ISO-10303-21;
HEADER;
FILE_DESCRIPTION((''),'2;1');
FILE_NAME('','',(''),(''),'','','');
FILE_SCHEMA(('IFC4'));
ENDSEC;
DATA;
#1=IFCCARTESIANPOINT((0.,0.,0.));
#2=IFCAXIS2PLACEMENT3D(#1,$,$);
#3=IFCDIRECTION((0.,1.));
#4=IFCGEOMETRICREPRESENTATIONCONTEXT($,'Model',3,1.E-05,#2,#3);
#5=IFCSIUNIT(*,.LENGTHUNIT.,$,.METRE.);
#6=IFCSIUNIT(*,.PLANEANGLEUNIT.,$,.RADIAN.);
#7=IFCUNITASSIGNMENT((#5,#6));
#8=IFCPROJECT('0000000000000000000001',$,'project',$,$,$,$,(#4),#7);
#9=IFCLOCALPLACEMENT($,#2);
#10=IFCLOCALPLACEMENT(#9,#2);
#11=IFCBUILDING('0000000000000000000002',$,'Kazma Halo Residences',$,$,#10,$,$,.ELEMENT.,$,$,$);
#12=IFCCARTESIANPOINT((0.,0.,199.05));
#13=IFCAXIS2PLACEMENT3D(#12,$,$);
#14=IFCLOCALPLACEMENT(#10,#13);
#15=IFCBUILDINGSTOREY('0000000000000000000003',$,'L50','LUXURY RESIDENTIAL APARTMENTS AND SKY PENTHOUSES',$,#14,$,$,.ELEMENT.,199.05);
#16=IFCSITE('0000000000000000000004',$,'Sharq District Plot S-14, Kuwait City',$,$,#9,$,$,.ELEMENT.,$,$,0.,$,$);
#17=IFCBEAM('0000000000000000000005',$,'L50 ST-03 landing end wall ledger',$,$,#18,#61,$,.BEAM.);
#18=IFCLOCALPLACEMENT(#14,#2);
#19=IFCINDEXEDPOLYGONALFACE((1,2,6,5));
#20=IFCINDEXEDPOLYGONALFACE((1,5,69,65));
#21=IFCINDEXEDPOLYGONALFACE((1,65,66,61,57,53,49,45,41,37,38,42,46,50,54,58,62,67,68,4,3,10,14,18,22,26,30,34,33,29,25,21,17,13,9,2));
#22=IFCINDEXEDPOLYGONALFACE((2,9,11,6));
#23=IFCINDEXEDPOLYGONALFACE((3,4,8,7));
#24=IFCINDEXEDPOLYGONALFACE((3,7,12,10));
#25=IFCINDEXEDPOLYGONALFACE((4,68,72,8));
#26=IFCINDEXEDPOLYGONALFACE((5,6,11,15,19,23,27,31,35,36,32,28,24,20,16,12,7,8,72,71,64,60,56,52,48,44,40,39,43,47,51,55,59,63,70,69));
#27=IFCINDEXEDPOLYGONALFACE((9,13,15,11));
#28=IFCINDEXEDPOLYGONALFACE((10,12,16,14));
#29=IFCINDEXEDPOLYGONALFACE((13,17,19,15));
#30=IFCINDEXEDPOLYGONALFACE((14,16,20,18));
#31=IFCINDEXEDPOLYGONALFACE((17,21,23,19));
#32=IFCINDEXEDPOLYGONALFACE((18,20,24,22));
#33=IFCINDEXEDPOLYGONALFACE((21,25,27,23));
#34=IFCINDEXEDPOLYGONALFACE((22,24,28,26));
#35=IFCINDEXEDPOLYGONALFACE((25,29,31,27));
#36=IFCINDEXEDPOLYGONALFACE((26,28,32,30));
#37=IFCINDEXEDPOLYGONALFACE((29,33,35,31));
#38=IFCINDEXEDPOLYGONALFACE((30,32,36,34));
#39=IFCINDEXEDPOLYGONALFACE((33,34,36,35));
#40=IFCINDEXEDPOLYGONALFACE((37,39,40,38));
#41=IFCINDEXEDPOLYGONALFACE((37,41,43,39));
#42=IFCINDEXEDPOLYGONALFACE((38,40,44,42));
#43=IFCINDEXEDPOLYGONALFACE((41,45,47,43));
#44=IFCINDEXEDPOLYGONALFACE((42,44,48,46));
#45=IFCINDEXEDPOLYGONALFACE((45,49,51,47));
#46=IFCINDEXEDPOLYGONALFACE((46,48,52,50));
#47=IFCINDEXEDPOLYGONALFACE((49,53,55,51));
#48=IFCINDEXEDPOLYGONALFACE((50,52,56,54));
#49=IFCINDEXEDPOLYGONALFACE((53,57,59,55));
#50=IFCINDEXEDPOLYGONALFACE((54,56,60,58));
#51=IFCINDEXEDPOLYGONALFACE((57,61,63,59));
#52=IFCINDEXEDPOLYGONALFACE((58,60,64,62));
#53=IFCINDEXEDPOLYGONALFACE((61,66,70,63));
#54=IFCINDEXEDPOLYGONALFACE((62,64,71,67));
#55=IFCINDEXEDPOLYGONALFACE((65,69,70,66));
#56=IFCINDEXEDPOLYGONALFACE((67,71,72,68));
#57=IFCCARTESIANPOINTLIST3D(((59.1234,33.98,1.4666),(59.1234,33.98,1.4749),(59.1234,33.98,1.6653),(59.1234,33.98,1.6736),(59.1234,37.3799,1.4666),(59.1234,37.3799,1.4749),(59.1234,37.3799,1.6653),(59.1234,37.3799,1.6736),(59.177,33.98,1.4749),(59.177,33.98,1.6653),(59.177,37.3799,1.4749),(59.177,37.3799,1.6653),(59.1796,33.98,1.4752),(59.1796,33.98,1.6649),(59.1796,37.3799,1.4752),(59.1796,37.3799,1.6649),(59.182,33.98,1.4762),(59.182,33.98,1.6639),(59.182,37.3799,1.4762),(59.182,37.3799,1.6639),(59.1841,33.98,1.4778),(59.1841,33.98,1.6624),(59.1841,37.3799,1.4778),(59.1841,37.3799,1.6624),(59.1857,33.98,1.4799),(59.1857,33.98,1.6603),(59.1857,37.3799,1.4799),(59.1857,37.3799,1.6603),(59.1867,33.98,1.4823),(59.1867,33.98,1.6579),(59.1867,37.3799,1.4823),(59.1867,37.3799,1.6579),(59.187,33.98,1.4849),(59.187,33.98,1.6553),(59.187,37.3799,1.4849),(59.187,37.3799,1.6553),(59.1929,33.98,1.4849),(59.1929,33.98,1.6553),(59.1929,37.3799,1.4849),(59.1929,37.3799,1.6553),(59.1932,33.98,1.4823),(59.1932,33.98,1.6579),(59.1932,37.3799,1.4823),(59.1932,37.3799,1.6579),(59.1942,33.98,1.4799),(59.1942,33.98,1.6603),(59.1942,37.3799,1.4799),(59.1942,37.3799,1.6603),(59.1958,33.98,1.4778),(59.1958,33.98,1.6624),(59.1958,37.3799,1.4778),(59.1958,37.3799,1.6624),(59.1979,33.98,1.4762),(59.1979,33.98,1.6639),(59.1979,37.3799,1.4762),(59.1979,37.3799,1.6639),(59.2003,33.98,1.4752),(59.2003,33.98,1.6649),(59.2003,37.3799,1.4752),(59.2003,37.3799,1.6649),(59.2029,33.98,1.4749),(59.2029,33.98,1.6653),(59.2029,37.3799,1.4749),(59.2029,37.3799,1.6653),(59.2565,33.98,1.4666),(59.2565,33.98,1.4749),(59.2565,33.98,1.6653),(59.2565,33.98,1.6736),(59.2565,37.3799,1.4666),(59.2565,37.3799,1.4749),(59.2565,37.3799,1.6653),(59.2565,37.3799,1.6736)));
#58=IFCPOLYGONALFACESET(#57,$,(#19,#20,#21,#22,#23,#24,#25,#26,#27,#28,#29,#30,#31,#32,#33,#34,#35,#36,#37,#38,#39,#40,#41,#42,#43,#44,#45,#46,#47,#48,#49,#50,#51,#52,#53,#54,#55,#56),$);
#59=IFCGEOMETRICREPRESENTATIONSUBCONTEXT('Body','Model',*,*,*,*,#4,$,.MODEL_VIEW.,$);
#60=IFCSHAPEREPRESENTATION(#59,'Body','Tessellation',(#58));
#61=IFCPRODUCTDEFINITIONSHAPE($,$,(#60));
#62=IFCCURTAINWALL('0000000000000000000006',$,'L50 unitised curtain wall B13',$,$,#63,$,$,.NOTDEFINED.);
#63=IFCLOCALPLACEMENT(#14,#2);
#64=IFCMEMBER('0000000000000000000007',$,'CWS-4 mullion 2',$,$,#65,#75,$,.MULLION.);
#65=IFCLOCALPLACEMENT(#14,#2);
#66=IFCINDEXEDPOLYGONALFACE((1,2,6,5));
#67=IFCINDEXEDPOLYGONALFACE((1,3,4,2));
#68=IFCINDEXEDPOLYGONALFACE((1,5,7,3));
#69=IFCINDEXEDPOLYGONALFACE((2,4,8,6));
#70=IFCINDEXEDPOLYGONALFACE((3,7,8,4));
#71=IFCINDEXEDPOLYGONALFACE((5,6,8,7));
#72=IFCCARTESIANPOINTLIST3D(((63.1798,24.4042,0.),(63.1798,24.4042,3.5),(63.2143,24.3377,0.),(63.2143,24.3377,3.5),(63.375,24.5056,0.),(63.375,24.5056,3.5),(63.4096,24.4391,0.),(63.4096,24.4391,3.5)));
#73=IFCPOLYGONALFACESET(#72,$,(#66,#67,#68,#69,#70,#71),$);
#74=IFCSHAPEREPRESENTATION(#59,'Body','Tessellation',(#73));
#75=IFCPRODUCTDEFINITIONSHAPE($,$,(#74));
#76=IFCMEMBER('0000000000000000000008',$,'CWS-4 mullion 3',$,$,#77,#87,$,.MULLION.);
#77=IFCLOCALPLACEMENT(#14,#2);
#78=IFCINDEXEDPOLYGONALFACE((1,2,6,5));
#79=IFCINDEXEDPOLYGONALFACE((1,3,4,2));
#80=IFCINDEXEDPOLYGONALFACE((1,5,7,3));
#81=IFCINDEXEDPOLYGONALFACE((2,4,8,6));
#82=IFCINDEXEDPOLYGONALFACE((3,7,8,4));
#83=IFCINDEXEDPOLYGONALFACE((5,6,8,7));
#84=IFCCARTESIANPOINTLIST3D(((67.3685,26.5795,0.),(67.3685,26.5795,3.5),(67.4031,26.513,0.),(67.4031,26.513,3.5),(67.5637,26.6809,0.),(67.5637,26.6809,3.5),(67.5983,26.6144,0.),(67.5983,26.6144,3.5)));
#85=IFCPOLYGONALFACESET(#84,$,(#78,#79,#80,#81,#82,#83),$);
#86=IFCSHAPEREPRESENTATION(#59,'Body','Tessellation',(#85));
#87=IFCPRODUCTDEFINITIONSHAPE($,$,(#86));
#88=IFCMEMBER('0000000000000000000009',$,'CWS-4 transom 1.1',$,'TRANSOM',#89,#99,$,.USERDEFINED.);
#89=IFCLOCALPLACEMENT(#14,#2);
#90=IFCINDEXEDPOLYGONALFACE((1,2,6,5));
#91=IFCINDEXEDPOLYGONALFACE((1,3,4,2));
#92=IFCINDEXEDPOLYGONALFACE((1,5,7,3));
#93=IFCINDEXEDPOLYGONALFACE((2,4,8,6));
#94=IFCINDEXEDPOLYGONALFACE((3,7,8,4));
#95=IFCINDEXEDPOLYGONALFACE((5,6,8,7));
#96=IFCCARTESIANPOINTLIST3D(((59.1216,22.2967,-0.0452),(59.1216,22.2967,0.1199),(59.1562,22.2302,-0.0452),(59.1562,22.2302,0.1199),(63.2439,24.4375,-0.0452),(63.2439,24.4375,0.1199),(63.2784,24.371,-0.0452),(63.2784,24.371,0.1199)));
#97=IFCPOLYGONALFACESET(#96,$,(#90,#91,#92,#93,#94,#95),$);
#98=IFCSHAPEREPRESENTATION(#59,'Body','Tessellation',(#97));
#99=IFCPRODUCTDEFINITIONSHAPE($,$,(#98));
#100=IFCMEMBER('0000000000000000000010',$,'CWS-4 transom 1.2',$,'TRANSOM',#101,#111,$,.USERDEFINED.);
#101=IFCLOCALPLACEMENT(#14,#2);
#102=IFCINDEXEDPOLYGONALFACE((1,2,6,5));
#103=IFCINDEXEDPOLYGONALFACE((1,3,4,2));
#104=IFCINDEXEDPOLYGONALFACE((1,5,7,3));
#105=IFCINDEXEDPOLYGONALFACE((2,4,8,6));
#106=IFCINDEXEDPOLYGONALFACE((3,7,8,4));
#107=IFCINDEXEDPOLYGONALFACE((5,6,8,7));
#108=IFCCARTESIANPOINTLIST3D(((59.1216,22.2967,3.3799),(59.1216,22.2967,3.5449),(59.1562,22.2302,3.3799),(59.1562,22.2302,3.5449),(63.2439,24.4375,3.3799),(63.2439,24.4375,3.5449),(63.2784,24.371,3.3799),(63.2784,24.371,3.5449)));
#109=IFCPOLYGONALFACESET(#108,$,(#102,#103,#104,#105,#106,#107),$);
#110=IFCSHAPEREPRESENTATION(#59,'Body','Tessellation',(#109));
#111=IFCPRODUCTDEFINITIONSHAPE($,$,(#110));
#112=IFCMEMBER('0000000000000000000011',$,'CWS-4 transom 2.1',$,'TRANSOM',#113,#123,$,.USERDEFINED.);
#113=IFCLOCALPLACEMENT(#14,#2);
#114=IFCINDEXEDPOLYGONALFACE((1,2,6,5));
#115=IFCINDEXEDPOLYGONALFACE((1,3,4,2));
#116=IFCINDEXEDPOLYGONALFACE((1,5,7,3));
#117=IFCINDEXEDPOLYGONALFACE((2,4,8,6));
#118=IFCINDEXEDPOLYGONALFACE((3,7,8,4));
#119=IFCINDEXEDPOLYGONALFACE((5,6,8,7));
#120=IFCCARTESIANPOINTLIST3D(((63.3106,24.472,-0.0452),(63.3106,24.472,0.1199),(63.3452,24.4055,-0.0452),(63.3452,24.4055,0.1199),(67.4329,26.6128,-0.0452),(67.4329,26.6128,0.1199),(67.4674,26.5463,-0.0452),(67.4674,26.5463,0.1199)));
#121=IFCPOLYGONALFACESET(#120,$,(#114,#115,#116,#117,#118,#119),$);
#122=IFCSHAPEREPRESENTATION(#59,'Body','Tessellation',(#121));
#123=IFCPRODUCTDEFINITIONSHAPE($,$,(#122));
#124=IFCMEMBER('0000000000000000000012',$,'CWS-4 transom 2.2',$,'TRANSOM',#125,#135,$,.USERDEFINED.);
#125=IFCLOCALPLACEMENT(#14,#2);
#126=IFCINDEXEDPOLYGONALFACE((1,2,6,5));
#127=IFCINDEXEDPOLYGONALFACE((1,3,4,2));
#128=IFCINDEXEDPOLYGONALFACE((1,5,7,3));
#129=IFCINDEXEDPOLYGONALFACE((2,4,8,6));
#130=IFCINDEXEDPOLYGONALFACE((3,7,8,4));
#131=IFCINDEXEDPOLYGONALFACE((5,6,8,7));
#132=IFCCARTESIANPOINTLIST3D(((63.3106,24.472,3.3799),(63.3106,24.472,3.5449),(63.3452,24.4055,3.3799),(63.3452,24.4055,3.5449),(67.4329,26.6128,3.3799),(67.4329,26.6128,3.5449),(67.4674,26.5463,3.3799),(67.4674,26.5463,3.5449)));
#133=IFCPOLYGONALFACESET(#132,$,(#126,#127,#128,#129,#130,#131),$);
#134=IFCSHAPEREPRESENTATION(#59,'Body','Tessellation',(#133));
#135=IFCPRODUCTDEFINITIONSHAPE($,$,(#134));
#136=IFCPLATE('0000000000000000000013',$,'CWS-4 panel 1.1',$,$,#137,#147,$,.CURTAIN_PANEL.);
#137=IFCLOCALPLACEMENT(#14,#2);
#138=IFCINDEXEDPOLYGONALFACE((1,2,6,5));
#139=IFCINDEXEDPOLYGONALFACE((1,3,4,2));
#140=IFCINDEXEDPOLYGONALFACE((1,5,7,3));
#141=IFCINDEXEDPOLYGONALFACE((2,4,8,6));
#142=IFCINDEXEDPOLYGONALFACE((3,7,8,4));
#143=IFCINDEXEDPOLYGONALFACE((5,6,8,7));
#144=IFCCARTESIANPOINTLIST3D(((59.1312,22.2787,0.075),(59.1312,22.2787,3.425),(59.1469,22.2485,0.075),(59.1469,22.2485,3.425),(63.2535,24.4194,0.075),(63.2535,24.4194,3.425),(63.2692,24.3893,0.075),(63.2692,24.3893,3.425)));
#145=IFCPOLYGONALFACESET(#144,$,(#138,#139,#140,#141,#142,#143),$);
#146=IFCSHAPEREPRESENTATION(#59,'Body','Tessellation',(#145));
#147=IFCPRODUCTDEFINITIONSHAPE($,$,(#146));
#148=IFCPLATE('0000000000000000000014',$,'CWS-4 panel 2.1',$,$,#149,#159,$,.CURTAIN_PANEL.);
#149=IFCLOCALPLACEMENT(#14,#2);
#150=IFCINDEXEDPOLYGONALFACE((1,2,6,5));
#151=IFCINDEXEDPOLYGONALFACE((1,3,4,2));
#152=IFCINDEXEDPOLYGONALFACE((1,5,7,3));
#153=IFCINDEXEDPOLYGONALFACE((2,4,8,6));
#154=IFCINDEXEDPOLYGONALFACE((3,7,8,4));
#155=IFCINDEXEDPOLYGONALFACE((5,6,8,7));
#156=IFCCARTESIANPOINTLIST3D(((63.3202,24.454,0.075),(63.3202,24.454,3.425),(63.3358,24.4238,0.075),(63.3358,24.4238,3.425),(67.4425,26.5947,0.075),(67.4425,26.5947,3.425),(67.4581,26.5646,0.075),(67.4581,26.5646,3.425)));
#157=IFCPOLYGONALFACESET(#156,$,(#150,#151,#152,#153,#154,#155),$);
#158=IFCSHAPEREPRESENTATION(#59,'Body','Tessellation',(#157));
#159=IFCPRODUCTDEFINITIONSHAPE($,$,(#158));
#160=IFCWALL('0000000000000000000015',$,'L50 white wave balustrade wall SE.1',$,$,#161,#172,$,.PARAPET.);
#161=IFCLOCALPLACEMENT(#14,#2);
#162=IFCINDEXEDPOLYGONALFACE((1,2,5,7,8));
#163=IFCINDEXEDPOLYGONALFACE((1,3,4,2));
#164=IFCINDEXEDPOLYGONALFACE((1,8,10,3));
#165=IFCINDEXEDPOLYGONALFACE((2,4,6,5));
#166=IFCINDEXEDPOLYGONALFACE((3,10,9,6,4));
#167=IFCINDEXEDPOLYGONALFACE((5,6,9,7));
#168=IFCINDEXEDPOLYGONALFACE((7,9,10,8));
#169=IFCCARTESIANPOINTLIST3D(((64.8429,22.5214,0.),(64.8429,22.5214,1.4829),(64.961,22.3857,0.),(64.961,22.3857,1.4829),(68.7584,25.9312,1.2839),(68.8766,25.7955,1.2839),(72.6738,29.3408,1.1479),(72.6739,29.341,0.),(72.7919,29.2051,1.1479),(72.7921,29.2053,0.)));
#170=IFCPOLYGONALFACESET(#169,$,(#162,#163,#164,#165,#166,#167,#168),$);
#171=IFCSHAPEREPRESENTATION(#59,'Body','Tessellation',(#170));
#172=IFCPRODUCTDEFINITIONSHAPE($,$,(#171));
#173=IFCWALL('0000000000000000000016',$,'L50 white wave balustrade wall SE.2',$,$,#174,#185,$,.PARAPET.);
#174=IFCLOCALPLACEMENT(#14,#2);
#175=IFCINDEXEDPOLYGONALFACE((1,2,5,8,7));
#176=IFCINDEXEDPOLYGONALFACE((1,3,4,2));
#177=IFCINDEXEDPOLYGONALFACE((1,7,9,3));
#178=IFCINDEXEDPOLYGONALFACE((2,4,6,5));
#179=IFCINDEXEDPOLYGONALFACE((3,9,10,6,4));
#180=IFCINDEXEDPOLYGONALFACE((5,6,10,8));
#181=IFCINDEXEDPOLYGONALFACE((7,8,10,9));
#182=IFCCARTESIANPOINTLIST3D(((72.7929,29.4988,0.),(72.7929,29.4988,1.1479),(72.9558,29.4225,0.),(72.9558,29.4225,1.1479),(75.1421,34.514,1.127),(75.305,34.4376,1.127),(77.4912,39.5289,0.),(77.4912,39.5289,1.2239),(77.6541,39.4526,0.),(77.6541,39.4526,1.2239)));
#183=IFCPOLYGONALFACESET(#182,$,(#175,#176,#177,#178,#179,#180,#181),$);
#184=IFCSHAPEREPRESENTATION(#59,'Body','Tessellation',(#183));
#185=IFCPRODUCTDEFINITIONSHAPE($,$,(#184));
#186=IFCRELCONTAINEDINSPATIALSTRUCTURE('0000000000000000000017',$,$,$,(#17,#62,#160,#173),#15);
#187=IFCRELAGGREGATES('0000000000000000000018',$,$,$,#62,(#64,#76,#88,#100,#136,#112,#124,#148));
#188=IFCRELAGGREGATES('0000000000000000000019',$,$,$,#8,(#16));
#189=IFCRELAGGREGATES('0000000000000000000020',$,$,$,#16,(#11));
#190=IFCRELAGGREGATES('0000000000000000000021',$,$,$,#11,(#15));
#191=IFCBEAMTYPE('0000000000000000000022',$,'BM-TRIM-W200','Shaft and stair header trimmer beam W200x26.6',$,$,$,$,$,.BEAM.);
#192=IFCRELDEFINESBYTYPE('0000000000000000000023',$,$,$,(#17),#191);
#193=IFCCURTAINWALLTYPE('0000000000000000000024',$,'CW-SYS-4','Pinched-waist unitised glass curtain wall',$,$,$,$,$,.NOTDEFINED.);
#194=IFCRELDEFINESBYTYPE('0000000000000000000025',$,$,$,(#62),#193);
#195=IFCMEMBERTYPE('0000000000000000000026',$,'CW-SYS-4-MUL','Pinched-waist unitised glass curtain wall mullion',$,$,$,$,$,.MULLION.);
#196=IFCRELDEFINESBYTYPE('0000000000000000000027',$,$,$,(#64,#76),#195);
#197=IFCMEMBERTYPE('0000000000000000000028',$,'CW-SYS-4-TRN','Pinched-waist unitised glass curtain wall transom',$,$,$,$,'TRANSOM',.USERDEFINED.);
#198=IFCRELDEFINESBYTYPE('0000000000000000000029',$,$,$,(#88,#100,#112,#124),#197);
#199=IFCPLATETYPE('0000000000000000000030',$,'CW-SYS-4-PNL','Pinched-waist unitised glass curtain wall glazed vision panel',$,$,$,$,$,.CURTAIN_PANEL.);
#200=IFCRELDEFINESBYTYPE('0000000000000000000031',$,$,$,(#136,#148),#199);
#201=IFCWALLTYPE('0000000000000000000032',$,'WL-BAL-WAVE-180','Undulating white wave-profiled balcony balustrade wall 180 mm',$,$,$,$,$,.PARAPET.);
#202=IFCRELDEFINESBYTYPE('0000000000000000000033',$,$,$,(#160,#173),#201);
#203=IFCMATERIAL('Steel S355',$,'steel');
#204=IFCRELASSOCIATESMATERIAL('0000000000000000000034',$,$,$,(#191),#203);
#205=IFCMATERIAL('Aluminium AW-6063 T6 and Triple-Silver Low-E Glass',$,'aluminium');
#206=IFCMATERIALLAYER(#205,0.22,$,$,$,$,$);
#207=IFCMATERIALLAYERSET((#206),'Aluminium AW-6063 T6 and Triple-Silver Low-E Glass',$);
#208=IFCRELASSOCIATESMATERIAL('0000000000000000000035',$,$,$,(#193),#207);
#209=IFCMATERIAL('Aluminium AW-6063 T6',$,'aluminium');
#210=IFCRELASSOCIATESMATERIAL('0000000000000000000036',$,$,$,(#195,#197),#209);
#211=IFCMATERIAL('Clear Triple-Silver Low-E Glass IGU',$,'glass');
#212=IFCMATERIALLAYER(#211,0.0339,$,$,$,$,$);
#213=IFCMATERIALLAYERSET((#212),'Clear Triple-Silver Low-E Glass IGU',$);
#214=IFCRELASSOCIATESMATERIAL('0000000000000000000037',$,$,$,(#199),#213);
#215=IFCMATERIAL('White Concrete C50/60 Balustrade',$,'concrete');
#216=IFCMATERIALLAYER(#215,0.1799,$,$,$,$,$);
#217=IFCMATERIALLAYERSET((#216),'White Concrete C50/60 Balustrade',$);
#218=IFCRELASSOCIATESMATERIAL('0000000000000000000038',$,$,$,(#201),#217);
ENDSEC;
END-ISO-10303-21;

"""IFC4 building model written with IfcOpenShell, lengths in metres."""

from ifc_helpers import new_model, si_unit, direction, frame, origin, origin_2d, place, context, subcontext, project, spatial, polyline, rectangle, i_section, outline, extrude, material, layer, layer_set, material_profile, profile_set, type_object, element, aggregate, save


model = new_model("IFC4")

# Units and contexts
model_context = context("Model", 3, precision=1e-05, world=origin(), true_north=direction((0.0, 1.0)))
body_context = subcontext(model_context, "Body", "Model", "MODEL_VIEW")
ifc_project = project(units=[si_unit("LENGTHUNIT", "METRE"), si_unit("PLANEANGLEUNIT", "RADIAN")], contexts=[model_context])

# Site, building, storey
site_placement = place(None, origin())
site = spatial("IfcSite", under=ifc_project, at=site_placement, Name="Sharq District Plot S-14, Kuwait City", CompositionType="ELEMENT", RefElevation=0.0)
building_placement = place(site_placement, origin())
building = spatial("IfcBuilding", under=site, at=building_placement, Name="Kazma Halo Residences", CompositionType="ELEMENT")
storey_placement = place(building_placement, frame((0.0, 0.0, 199.05)))
storey = spatial("IfcBuildingStorey", under=building, at=storey_placement, Name="L50", Description="LUXURY RESIDENTIAL APARTMENTS AND SKY PENTHOUSES", CompositionType="ELEMENT", Elevation=199.05)

# Beam
ifc_material_1 = material(Name="Steel S355", Category="steel")
ifc_material_profile_1 = material_profile(ifc_material_1, i_section(OverallWidth=0.1331, OverallDepth=0.207, WebThickness=0.0059, FlangeThickness=0.0083, FilletRadius=0.01, at=origin_2d()), Name="W200x26.6")
ifc_profile_set_1 = profile_set([ifc_material_profile_1], Name="Steel S355")
beam_type_1 = type_object("IfcBeamType", Name="BM-TRIM-W200", Description="Shaft and stair header trimmer beam W200x26.6", PredefinedType="BEAM", material=ifc_profile_set_1)
beam_1_placement = place(storey_placement, frame((59.1899, 33.98, 1.5701), z_axis=(0.0, 1.0, 0.0), x_axis=(-1.0, 0.0, 0.0)))
element("IfcBeam", 1, at=beam_1_placement, inside=storey, type_object=beam_type_1, Name="L50 ST-03 landing end wall ledger", PredefinedType="BEAM", context=body_context, shape_type="SweptSolid", body=[
    extrude(i_section(OverallWidth=0.1331, OverallDepth=0.207, WebThickness=0.0059, FlangeThickness=0.0083, FilletRadius=0.01, at=origin_2d()), origin(), (0.0, 0.0, 1.0), 3.3999),
])

# Curtain wall, members, plates
ifc_material_2 = material(Name="Aluminium AW-6063 T6 and Triple-Silver Low-E Glass", Category="aluminium")
ifc_layer_1 = layer(ifc_material_2, 0.22)
ifc_layer_set_1 = layer_set([ifc_layer_1], Name="Aluminium AW-6063 T6 and Triple-Silver Low-E Glass")
curtain_wall_type = type_object("IfcCurtainWallType", Name="CW-SYS-4", Description="Pinched-waist unitised glass curtain wall", PredefinedType="NOTDEFINED", material=ifc_layer_set_1)
curtain_wall_placement = place(storey_placement, origin())
curtain_wall = element("IfcCurtainWall", 2, at=curtain_wall_placement, inside=storey, type_object=curtain_wall_type, Name="L50 unitised curtain wall B13", PredefinedType="NOTDEFINED")
ifc_material_3 = material(Name="Aluminium AW-6063 T6", Category="aluminium")
ifc_material_profile_2 = material_profile(ifc_material_3, rectangle(XDim=0.075, YDim=0.22, at=origin_2d()), Name="CWM-75x220")
ifc_profile_set_2 = profile_set([ifc_material_profile_2], Name="Aluminium AW-6063 T6")
member_type_1 = type_object("IfcMemberType", Name="CW-SYS-4-MUL", Description="Pinched-waist unitised glass curtain wall mullion", PredefinedType="MULLION", material=ifc_profile_set_2)
member_1_placement = place(storey_placement, frame((63.2947, 24.4216, 0.0), z_axis=(0.0, 0.0, 1.0), x_axis=(-0.460874, 0.887466, 0.0)))
member_1 = element("IfcMember", 3, at=member_1_placement, type_object=member_type_1, Name="CWS-4 mullion 2", PredefinedType="MULLION", context=body_context, shape_type="SweptSolid", body=[
    extrude(rectangle(XDim=0.075, YDim=0.22, at=origin_2d()), origin(), (0.0, 0.0, 1.0), 3.5),
])
member_2_placement = place(storey_placement, frame((67.4834, 26.5969, 0.0), z_axis=(0.0, 0.0, 1.0), x_axis=(-0.460874, 0.887466, 0.0)))
member_2 = element("IfcMember", 4, at=member_2_placement, type_object=member_type_1, Name="CWS-4 mullion 3", PredefinedType="MULLION", context=body_context, shape_type="SweptSolid", body=[
    extrude(rectangle(XDim=0.075, YDim=0.22, at=origin_2d()), origin(), (0.0, 0.0, 1.0), 3.5),
])
ifc_material_profile_3 = material_profile(ifc_material_3, rectangle(XDim=0.075, YDim=0.165, at=origin_2d()), Name="CWT-75x165")
ifc_profile_set_3 = profile_set([ifc_material_profile_3], Name="Aluminium AW-6063 T6")
member_type_2 = type_object("IfcMemberType", Name="CW-SYS-4-TRN", Description="Pinched-waist unitised glass curtain wall transom", ElementType="TRANSOM", PredefinedType="USERDEFINED", material=ifc_profile_set_3)
member_3_placement = place(storey_placement, frame((59.1389, 22.2634, 0.0374), z_axis=(0.887458, 0.460889, 0.0), x_axis=(-0.460889, 0.887458, 0.0)))
member_3 = element("IfcMember", 5, at=member_3_placement, type_object=member_type_2, Name="CWS-4 transom 1.1", ObjectType="TRANSOM", PredefinedType="USERDEFINED", context=body_context, shape_type="SweptSolid", body=[
    extrude(rectangle(XDim=0.075, YDim=0.165, at=origin_2d()), origin(), (0.0, 0.0, 1.0), 4.645),
])
member_4_placement = place(storey_placement, frame((59.1389, 22.2634, 3.4624), z_axis=(0.887458, 0.460889, 0.0), x_axis=(-0.460889, 0.887458, 0.0)))
member_4 = element("IfcMember", 6, at=member_4_placement, type_object=member_type_2, Name="CWS-4 transom 1.2", ObjectType="TRANSOM", PredefinedType="USERDEFINED", context=body_context, shape_type="SweptSolid", body=[
    extrude(rectangle(XDim=0.075, YDim=0.165, at=origin_2d()), origin(), (0.0, 0.0, 1.0), 4.645),
])
member_5_placement = place(storey_placement, frame((63.3279, 24.4387, 0.0374), z_axis=(0.887458, 0.460889, 0.0), x_axis=(-0.460889, 0.887458, 0.0)))
member_5 = element("IfcMember", 7, at=member_5_placement, type_object=member_type_2, Name="CWS-4 transom 2.1", ObjectType="TRANSOM", PredefinedType="USERDEFINED", context=body_context, shape_type="SweptSolid", body=[
    extrude(rectangle(XDim=0.075, YDim=0.165, at=origin_2d()), origin(), (0.0, 0.0, 1.0), 4.645),
])
member_6_placement = place(storey_placement, frame((63.3279, 24.4387, 3.4624), z_axis=(0.887458, 0.460889, 0.0), x_axis=(-0.460889, 0.887458, 0.0)))
member_6 = element("IfcMember", 8, at=member_6_placement, type_object=member_type_2, Name="CWS-4 transom 2.2", ObjectType="TRANSOM", PredefinedType="USERDEFINED", context=body_context, shape_type="SweptSolid", body=[
    extrude(rectangle(XDim=0.075, YDim=0.165, at=origin_2d()), origin(), (0.0, 0.0, 1.0), 4.645),
])
ifc_material_4 = material(Name="Clear Triple-Silver Low-E Glass IGU", Category="glass")
ifc_layer_2 = layer(ifc_material_4, 0.0339)
ifc_layer_set_2 = layer_set([ifc_layer_2], Name="Clear Triple-Silver Low-E Glass IGU")
plate_type = type_object("IfcPlateType", Name="CW-SYS-4-PNL", Description="Pinched-waist unitised glass curtain wall glazed vision panel", PredefinedType="CURTAIN_PANEL", material=ifc_layer_set_2)
plate_1_placement = place(storey_placement, frame((61.2002, 23.334, 0.075), z_axis=(0.0, 0.0, 1.0), x_axis=(0.887466, 0.460874, 0.0)))
plate_1 = element("IfcPlate", 9, at=plate_1_placement, type_object=plate_type, Name="CWS-4 panel 1.1", PredefinedType="CURTAIN_PANEL", context=body_context, shape_type="SweptSolid", body=[
    extrude(rectangle(XDim=4.645, YDim=0.0339, at=origin_2d()), origin(), (0.0, 0.0, 1.0), 3.3501),
])
plate_2_placement = place(storey_placement, frame((65.3892, 25.5093, 0.075), z_axis=(0.0, 0.0, 1.0), x_axis=(0.887466, 0.460874, 0.0)))
plate_2 = element("IfcPlate", 10, at=plate_2_placement, type_object=plate_type, Name="CWS-4 panel 2.1", PredefinedType="CURTAIN_PANEL", context=body_context, shape_type="SweptSolid", body=[
    extrude(rectangle(XDim=4.645, YDim=0.0339, at=origin_2d()), origin(), (0.0, 0.0, 1.0), 3.3501),
])
aggregate(curtain_wall, [member_1, member_2, member_3, member_4, plate_1, member_5, member_6, plate_2])

# Walls
ifc_material_5 = material(Name="White Concrete C50/60 Balustrade", Category="concrete")
ifc_layer_3 = layer(ifc_material_5, 0.1799)
ifc_layer_set_3 = layer_set([ifc_layer_3], Name="White Concrete C50/60 Balustrade")
wall_type_1 = type_object("IfcWallType", Name="WL-BAL-WAVE-180", Description="Undulating white wave-profiled balcony balustrade wall 180 mm", PredefinedType="PARAPET", material=ifc_layer_set_3)
wall_1_placement = place(storey_placement, frame((64.9019, 22.4536, 0.0), z_axis=(0.0, 0.0, 1.0), x_axis=(0.75413, 0.656725, 0.0)))
element("IfcWall", 11, at=wall_1_placement, inside=storey, type_object=wall_type_1, Name="L50 white wave balustrade wall SE.1", PredefinedType="PARAPET", context=body_context, shape_type="SweptSolid", body=[
    extrude(outline(polyline([(0.0, 0.0), (10.3843, 0.0), (10.384, 1.1479), (5.1921, 1.2839), (0.0, 1.4829), (0.0, 0.0)])), frame((0.0, 0.0898, 0.0), z_axis=(0.0, -1.0, 0.0), x_axis=(1.0, 0.0, 0.0)), (0.0, 0.0, 1.0), 0.1799),
])
wall_2_placement = place(storey_placement, frame((72.8743, 29.4607, 0.0), z_axis=(0.0, 0.0, 1.0), x_axis=(0.424187, 0.905575, 0.0)))
element("IfcWall", 12, at=wall_2_placement, inside=storey, type_object=wall_type_1, Name="L50 white wave balustrade wall SE.2", PredefinedType="PARAPET", context=body_context, shape_type="SweptSolid", body=[
    extrude(outline(polyline([(0.0, 0.0), (11.0759, 0.0), (11.0759, 1.2239), (5.5381, 1.127), (0.0, 1.1479), (0.0, 0.0)])), frame((0.0, 0.0898, 0.0), z_axis=(0.0, -1.0, 0.0), x_axis=(1.0, 0.0, 0.0)), (0.0, 0.0, 1.0), 0.1799),
])

save(model, "model.ifc")
